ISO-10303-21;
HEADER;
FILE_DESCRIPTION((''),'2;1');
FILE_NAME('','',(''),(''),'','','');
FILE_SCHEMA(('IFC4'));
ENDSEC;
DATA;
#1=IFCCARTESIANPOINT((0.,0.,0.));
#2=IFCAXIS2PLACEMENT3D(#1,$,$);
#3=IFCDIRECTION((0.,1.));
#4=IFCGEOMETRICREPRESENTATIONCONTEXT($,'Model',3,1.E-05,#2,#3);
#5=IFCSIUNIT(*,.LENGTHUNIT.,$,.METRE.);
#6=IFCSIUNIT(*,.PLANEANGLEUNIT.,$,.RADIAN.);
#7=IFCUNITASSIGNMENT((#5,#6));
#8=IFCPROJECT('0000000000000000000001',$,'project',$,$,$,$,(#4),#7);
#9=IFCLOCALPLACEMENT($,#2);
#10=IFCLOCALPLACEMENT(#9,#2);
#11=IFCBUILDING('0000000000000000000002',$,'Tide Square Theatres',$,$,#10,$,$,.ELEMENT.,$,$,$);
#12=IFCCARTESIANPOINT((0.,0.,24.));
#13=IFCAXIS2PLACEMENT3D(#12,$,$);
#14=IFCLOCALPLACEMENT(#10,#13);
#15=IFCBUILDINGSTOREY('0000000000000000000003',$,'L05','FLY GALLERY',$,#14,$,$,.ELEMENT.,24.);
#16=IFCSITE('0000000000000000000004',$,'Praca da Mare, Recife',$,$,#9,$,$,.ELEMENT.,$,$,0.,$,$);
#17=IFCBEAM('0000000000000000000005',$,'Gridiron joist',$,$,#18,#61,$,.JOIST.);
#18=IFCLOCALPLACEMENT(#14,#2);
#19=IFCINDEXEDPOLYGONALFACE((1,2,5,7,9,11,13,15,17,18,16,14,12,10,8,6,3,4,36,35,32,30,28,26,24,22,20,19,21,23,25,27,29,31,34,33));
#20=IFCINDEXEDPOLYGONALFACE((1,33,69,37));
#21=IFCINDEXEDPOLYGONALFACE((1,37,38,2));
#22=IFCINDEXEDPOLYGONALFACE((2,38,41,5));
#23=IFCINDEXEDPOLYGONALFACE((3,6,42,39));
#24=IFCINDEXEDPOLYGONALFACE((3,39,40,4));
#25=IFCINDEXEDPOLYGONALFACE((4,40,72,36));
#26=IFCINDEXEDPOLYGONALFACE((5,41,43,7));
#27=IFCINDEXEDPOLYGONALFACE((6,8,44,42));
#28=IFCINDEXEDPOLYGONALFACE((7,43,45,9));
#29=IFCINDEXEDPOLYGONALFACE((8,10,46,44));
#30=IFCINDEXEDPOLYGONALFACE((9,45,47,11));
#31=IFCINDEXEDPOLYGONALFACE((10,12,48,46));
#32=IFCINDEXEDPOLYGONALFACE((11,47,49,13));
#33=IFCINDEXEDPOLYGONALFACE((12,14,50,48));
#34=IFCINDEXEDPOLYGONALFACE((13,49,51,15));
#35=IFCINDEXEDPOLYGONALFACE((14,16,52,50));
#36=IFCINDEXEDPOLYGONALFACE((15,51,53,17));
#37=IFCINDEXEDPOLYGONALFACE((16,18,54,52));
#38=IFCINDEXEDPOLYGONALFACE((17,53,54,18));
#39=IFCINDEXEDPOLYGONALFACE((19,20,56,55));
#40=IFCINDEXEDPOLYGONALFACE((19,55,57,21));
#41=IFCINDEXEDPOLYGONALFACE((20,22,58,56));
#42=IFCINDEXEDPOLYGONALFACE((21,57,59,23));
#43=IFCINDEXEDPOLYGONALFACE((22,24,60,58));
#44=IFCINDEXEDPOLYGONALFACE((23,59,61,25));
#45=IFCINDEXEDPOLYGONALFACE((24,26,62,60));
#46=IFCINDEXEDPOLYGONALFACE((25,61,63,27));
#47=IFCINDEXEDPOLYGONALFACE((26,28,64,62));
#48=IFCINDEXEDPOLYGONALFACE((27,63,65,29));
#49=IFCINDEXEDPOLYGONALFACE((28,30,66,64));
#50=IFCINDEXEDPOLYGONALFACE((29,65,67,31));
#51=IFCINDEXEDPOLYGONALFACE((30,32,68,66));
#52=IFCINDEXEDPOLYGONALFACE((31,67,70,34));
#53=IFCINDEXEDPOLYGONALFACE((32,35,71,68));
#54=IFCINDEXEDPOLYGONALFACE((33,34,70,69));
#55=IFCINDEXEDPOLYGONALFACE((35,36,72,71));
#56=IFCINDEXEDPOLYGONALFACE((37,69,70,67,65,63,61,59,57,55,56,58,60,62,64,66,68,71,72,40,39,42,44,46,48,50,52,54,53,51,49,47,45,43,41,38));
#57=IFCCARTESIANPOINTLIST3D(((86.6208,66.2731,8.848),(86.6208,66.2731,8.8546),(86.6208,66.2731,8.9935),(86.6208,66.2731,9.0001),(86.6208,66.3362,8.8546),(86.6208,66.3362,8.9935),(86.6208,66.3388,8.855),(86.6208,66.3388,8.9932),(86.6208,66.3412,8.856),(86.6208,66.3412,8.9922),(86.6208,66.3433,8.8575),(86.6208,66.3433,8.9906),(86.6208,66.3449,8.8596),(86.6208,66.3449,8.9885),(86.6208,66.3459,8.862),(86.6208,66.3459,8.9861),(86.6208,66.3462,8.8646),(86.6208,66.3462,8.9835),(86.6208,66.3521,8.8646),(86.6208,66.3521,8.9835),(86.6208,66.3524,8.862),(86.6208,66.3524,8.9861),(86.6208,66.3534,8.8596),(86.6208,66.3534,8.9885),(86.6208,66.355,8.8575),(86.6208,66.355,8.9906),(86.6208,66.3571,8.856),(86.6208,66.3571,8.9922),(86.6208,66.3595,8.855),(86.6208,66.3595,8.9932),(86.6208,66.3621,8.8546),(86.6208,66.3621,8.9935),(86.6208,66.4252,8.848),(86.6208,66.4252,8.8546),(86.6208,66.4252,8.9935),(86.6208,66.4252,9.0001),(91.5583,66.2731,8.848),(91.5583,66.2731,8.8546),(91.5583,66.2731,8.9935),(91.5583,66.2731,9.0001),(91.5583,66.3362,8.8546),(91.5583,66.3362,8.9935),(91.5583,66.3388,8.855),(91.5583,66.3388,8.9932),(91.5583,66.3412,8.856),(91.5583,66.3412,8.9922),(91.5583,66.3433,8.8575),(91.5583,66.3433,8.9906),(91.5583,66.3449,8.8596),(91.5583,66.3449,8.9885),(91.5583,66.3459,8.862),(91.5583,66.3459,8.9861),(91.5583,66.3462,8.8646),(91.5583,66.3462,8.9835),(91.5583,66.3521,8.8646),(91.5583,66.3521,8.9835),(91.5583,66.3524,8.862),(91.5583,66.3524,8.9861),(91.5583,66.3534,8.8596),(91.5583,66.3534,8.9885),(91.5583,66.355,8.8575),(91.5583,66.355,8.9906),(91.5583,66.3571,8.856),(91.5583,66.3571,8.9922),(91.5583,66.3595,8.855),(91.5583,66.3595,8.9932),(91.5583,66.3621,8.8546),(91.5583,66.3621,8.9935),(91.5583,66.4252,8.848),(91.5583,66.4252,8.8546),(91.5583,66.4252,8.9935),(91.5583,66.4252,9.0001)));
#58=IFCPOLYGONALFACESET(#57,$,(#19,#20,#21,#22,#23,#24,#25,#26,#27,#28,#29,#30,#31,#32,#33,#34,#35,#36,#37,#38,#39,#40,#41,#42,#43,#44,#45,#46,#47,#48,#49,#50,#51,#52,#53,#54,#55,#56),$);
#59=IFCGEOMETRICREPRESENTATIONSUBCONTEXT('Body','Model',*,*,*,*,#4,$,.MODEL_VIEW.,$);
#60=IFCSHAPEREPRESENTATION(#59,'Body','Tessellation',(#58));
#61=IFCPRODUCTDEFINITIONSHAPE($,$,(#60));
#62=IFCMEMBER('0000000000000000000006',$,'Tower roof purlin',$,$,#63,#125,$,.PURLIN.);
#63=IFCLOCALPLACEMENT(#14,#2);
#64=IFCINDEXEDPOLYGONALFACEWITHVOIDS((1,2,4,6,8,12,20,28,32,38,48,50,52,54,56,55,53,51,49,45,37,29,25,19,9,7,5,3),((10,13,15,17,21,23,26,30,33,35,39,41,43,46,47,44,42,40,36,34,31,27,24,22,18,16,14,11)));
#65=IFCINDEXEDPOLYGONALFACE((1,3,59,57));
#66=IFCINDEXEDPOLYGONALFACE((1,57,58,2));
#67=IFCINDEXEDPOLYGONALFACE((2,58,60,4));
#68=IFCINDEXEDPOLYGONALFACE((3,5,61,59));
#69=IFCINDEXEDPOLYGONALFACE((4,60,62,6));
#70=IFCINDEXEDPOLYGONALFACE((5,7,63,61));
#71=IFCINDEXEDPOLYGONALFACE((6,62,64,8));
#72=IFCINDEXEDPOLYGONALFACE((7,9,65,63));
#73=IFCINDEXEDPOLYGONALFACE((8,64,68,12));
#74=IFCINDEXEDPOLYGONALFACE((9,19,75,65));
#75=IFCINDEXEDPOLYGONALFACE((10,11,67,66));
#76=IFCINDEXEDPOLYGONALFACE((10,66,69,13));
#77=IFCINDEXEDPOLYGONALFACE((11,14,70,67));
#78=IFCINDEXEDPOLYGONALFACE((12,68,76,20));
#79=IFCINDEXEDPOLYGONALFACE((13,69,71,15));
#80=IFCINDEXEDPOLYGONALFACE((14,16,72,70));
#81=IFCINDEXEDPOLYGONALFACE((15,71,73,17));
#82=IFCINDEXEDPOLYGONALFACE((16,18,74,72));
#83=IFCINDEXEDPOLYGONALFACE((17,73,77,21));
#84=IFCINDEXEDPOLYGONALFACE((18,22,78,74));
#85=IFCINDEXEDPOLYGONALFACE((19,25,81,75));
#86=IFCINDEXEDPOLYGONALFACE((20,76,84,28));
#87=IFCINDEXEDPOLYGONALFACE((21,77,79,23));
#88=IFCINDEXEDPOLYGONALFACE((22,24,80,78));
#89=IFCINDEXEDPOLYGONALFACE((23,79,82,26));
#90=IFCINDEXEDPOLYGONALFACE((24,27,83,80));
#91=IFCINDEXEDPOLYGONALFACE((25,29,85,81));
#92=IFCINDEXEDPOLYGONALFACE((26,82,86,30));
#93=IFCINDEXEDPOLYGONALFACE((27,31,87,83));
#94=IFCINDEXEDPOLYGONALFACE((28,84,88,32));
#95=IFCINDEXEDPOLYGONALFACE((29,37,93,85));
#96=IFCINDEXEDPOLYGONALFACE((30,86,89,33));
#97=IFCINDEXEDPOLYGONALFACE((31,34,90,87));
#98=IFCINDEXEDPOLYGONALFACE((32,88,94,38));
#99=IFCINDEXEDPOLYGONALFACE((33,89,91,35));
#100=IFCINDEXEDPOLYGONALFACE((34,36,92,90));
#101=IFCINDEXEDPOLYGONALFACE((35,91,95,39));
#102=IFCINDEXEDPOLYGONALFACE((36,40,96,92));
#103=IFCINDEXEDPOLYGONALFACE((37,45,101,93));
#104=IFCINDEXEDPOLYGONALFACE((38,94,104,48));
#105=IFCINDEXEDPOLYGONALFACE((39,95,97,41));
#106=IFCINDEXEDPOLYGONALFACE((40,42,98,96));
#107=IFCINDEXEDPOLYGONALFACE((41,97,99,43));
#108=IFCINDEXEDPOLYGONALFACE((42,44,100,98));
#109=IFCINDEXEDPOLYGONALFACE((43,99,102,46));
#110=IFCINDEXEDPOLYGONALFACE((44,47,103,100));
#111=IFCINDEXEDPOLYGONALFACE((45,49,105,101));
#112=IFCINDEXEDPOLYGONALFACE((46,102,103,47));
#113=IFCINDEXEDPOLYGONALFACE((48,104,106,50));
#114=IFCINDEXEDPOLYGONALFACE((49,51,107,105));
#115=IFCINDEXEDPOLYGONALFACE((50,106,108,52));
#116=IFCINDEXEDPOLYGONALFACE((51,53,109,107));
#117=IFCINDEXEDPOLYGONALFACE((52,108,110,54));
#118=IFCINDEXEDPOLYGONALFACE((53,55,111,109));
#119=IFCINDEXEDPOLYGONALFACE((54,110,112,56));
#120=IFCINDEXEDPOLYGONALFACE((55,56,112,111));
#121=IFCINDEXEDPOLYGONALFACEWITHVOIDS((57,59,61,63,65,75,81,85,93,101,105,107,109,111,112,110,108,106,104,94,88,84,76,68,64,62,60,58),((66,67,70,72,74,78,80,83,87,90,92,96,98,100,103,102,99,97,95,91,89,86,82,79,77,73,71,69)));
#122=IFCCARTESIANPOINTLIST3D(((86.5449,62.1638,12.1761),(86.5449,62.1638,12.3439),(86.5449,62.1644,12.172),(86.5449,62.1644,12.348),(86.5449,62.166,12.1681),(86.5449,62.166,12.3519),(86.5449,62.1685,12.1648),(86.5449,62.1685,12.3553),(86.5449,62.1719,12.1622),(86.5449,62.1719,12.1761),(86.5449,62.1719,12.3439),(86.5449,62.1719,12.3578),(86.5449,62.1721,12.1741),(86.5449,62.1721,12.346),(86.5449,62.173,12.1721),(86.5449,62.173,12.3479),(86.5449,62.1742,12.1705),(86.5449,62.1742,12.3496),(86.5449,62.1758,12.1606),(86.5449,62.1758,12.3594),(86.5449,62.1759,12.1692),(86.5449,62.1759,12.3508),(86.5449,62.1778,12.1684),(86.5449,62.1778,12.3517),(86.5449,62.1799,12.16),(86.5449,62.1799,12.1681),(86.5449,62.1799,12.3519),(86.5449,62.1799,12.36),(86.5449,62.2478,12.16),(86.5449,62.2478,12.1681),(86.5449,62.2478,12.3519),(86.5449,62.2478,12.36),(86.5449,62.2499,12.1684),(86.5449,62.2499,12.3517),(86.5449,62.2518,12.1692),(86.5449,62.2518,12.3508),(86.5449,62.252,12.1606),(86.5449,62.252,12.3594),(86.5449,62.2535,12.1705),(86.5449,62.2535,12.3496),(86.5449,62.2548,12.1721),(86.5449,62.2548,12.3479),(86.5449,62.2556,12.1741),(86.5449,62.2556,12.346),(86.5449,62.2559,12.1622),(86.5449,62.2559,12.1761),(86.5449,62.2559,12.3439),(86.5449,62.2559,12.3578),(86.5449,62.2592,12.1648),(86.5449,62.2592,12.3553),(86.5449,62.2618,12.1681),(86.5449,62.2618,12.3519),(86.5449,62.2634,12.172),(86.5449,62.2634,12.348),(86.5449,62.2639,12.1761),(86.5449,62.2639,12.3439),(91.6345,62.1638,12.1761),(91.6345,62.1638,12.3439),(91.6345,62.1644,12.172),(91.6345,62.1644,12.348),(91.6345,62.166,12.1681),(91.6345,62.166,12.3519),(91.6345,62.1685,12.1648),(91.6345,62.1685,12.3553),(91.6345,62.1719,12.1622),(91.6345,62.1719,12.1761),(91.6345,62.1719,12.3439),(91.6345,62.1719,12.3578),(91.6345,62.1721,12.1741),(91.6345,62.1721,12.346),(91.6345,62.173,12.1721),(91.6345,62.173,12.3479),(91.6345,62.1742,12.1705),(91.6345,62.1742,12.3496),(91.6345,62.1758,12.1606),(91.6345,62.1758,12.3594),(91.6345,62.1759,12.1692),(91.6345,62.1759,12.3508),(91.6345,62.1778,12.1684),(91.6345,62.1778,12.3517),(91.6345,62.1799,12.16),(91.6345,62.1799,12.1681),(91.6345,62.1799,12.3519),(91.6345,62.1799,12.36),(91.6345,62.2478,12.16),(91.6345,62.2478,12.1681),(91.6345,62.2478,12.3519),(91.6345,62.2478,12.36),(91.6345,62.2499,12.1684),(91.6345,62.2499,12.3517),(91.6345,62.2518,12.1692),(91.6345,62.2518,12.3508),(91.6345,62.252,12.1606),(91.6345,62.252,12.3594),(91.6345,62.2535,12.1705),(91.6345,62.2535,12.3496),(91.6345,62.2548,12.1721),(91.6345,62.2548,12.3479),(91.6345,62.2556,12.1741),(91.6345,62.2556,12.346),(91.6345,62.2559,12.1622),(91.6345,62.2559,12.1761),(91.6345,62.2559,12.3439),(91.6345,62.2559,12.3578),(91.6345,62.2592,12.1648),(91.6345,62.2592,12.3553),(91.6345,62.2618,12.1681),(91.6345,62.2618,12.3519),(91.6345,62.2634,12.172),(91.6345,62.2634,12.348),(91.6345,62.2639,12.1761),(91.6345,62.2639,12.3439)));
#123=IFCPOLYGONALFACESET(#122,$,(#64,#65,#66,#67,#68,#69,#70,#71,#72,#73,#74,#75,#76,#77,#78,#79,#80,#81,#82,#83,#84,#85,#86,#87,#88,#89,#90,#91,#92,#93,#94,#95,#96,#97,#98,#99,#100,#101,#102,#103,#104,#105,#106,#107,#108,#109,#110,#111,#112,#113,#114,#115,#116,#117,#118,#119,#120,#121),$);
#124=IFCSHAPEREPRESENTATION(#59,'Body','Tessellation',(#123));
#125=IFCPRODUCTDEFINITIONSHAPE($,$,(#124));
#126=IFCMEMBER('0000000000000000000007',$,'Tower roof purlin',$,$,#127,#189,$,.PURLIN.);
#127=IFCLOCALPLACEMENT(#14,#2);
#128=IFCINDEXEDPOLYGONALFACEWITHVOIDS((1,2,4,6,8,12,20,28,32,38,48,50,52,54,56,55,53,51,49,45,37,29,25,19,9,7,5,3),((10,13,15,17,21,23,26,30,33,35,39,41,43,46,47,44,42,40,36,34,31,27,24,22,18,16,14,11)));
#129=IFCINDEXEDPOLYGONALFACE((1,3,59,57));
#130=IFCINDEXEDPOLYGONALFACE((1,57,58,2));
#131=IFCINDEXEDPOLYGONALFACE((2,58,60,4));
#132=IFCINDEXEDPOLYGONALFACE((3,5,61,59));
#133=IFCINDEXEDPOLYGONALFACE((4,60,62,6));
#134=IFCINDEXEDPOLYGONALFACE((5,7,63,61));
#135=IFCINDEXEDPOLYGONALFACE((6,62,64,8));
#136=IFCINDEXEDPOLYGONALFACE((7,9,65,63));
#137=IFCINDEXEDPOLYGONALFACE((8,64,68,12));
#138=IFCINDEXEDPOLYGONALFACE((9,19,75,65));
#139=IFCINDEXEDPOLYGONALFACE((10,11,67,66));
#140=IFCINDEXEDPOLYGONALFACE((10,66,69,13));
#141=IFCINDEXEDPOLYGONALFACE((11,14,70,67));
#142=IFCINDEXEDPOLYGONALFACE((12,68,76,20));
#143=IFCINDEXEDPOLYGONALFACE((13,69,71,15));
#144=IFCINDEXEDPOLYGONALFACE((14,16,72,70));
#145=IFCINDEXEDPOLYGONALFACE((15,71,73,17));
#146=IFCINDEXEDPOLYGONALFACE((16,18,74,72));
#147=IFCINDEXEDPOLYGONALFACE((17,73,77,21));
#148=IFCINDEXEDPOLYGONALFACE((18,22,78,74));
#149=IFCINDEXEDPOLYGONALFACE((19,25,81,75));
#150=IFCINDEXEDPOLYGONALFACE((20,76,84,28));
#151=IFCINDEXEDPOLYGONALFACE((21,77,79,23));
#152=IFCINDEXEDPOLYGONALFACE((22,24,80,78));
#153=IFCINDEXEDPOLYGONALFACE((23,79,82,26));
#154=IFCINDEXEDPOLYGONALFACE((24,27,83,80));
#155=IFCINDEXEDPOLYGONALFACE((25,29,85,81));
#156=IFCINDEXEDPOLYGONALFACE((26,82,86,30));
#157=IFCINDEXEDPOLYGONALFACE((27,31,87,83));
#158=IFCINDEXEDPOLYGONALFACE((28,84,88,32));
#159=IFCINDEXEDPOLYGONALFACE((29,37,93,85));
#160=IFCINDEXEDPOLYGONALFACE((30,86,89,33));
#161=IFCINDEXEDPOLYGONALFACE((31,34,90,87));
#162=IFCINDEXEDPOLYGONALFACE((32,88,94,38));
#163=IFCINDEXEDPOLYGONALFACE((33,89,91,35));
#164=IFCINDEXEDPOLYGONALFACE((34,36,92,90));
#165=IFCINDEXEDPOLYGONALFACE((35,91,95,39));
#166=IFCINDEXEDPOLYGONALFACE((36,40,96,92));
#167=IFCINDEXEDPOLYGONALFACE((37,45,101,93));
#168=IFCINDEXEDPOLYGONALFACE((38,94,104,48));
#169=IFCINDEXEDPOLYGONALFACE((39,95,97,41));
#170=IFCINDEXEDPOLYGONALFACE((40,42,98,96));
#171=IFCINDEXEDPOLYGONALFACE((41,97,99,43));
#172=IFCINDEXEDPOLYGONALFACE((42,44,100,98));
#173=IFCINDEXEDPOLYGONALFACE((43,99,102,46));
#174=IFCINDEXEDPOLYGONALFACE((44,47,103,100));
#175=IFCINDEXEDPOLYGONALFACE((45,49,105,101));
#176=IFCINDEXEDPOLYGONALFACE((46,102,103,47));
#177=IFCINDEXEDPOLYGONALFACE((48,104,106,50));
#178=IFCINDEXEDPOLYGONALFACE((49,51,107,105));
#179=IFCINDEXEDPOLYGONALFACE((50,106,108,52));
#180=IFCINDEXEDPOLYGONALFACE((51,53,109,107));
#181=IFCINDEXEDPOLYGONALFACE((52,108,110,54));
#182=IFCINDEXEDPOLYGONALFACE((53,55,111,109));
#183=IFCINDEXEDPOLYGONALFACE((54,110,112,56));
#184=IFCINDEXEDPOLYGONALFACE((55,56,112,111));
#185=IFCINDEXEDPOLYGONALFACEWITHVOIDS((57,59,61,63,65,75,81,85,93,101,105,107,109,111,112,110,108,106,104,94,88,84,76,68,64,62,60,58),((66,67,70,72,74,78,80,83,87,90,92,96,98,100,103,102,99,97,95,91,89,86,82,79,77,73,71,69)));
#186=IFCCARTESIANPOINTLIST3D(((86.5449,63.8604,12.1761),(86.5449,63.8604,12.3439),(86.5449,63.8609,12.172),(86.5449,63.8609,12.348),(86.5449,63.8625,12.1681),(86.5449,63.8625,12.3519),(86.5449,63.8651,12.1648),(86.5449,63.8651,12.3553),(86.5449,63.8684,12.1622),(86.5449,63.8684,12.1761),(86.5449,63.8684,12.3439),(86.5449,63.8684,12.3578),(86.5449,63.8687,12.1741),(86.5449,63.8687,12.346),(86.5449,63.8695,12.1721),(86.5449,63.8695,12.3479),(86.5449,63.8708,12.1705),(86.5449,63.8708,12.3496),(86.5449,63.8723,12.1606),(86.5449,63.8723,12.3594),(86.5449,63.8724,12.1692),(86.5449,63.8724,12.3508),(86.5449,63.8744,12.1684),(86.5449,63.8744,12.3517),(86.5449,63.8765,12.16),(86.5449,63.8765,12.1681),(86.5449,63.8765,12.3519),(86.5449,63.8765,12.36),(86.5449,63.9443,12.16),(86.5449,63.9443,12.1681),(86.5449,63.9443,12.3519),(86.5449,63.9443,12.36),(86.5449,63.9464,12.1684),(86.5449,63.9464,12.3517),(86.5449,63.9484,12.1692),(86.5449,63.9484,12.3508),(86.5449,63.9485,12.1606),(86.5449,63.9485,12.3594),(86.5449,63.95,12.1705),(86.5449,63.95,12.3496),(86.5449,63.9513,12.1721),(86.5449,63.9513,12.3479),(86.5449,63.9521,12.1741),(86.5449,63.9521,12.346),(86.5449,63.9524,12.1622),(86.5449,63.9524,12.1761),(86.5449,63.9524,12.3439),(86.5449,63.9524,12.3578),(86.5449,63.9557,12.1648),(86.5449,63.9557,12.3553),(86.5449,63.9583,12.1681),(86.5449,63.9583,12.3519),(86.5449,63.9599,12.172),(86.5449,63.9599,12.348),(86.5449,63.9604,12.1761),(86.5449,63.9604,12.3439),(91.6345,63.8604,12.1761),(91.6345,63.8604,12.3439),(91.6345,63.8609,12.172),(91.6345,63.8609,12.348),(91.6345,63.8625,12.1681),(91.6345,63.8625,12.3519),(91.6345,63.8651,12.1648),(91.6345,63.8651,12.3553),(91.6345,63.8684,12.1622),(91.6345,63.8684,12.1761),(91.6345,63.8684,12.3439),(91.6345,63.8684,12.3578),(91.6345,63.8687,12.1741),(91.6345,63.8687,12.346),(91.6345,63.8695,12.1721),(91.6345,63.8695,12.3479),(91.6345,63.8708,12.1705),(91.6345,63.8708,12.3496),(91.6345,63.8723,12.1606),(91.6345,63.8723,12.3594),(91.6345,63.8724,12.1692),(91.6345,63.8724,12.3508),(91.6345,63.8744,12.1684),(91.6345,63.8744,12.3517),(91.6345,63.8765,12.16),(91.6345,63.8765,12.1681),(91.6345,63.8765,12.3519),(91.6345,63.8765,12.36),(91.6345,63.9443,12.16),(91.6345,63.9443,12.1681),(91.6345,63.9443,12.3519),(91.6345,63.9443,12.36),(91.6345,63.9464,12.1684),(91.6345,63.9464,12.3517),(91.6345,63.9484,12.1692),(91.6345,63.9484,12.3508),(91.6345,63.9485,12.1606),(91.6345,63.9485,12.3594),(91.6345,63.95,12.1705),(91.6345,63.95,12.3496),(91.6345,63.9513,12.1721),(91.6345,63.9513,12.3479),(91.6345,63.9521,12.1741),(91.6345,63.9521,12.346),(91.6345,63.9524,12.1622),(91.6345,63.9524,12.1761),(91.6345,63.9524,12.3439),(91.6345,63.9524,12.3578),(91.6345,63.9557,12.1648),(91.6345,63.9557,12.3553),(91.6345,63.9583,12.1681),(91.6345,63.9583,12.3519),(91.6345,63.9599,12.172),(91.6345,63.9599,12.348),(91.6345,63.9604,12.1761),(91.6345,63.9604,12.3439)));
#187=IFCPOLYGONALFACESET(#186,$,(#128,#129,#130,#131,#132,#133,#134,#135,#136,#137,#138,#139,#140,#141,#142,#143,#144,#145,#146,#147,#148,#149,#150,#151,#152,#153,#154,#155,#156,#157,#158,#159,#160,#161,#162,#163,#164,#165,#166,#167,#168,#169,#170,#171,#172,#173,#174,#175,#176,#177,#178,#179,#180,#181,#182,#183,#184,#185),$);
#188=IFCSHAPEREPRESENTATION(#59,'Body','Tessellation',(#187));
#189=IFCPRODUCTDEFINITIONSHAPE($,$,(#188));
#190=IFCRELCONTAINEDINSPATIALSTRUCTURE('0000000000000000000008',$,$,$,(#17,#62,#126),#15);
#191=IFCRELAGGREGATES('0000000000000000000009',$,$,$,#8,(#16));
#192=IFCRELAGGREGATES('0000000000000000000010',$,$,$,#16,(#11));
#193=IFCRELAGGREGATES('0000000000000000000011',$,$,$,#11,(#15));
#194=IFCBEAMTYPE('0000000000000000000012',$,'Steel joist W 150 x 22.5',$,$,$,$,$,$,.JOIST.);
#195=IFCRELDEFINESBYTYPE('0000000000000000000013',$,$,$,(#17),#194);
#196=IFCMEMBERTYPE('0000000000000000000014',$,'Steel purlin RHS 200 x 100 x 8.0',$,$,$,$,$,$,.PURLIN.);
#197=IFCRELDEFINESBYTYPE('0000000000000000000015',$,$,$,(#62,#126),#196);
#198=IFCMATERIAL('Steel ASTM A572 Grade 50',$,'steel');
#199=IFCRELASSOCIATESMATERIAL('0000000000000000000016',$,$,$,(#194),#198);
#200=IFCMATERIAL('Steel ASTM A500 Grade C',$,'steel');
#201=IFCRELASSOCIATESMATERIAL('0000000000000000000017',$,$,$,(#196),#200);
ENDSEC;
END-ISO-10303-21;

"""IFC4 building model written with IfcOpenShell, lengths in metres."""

from ifc_helpers import new_model, si_unit, direction, frame, origin, origin_2d, place, context, subcontext, project, spatial, hollow_rectangle, i_section, extrude, material, material_profile, profile_set, type_object, element, save


model = new_model("IFC4")

# Units and contexts
model_context = context("Model", 3, precision=1e-05, world=origin(), true_north=direction((0.0, 1.0)))
body_context = subcontext(model_context, "Body", "Model", "MODEL_VIEW")
ifc_project = project(units=[si_unit("LENGTHUNIT", "METRE"), si_unit("PLANEANGLEUNIT", "RADIAN")], contexts=[model_context])

# Site, building, storey
site_placement = place(None, origin())
site = spatial("IfcSite", under=ifc_project, at=site_placement, Name="Praca da Mare, Recife", CompositionType="ELEMENT", RefElevation=0.0)
building_placement = place(site_placement, origin())
building = spatial("IfcBuilding", under=site, at=building_placement, Name="Tide Square Theatres", CompositionType="ELEMENT")
storey_placement = place(building_placement, frame((0.0, 0.0, 24.0)))
storey = spatial("IfcBuildingStorey", under=building, at=storey_placement, Name="L05", Description="FLY GALLERY", CompositionType="ELEMENT", Elevation=24.0)

# Beam
ifc_material_1 = material(Name="Steel ASTM A572 Grade 50", Category="steel")
ifc_material_profile_1 = material_profile(ifc_material_1, i_section(OverallWidth=0.1521, OverallDepth=0.1521, WebThickness=0.0059, FlangeThickness=0.0066, FilletRadius=0.01, at=origin_2d()))
ifc_profile_set_1 = profile_set([ifc_material_profile_1], Name="Steel ASTM A572 Grade 50")
beam_type_1 = type_object("IfcBeamType", Name="Steel joist W 150 x 22.5", PredefinedType="JOIST", material=ifc_profile_set_1)
for number, where, z_axis, x_axis, name in (
    (1, (86.6208, 66.3491, 8.9241), (1.0, 0.0, 0.0), (0.0, 1.0, 0.0), "Gridiron joist"),
):
    element("IfcBeam", number, at=place(storey_placement, frame(where, z_axis=z_axis, x_axis=x_axis)), inside=storey, type_object=beam_type_1, Name=name, PredefinedType="JOIST", context=body_context, shape_type="SweptSolid", body=[
        extrude(i_section(OverallWidth=0.1521, OverallDepth=0.1521, WebThickness=0.0059, FlangeThickness=0.0066, FilletRadius=0.01, at=origin_2d()), origin(), (0.0, 0.0, 1.0), 4.9375),
    ])

# Members
ifc_material_2 = material(Name="Steel ASTM A500 Grade C", Category="steel")
ifc_material_profile_2 = material_profile(ifc_material_2, hollow_rectangle(XDim=0.1001, YDim=0.2, WallThickness=0.0081, InnerFilletRadius=0.0081, OuterFilletRadius=0.0161, at=origin_2d()))
ifc_profile_set_2 = profile_set([ifc_material_profile_2], Name="Steel ASTM A500 Grade C")
member_type = type_object("IfcMemberType", Name="Steel purlin RHS 200 x 100 x 8.0", PredefinedType="PURLIN", material=ifc_profile_set_2)
for number, where, z_axis, x_axis, name in (
    (2, (86.5449, 62.2139, 12.26), (1.0, 0.0, 0.0), (0.0, 1.0, 0.0), "Tower roof purlin"),
    (3, (86.5449, 63.9104, 12.26), (1.0, 0.0, 0.0), (0.0, 1.0, 0.0), "Tower roof purlin"),
):
    element("IfcMember", number, at=place(storey_placement, frame(where, z_axis=z_axis, x_axis=x_axis)), inside=storey, type_object=member_type, Name=name, PredefinedType="PURLIN", context=body_context, shape_type="SweptSolid", body=[
        extrude(hollow_rectangle(XDim=0.1001, YDim=0.2, WallThickness=0.0081, InnerFilletRadius=0.0081, OuterFilletRadius=0.0161, at=origin_2d()), origin(), (0.0, 0.0, 1.0), 5.0896),
    ])

save(model, "model.ifc")
